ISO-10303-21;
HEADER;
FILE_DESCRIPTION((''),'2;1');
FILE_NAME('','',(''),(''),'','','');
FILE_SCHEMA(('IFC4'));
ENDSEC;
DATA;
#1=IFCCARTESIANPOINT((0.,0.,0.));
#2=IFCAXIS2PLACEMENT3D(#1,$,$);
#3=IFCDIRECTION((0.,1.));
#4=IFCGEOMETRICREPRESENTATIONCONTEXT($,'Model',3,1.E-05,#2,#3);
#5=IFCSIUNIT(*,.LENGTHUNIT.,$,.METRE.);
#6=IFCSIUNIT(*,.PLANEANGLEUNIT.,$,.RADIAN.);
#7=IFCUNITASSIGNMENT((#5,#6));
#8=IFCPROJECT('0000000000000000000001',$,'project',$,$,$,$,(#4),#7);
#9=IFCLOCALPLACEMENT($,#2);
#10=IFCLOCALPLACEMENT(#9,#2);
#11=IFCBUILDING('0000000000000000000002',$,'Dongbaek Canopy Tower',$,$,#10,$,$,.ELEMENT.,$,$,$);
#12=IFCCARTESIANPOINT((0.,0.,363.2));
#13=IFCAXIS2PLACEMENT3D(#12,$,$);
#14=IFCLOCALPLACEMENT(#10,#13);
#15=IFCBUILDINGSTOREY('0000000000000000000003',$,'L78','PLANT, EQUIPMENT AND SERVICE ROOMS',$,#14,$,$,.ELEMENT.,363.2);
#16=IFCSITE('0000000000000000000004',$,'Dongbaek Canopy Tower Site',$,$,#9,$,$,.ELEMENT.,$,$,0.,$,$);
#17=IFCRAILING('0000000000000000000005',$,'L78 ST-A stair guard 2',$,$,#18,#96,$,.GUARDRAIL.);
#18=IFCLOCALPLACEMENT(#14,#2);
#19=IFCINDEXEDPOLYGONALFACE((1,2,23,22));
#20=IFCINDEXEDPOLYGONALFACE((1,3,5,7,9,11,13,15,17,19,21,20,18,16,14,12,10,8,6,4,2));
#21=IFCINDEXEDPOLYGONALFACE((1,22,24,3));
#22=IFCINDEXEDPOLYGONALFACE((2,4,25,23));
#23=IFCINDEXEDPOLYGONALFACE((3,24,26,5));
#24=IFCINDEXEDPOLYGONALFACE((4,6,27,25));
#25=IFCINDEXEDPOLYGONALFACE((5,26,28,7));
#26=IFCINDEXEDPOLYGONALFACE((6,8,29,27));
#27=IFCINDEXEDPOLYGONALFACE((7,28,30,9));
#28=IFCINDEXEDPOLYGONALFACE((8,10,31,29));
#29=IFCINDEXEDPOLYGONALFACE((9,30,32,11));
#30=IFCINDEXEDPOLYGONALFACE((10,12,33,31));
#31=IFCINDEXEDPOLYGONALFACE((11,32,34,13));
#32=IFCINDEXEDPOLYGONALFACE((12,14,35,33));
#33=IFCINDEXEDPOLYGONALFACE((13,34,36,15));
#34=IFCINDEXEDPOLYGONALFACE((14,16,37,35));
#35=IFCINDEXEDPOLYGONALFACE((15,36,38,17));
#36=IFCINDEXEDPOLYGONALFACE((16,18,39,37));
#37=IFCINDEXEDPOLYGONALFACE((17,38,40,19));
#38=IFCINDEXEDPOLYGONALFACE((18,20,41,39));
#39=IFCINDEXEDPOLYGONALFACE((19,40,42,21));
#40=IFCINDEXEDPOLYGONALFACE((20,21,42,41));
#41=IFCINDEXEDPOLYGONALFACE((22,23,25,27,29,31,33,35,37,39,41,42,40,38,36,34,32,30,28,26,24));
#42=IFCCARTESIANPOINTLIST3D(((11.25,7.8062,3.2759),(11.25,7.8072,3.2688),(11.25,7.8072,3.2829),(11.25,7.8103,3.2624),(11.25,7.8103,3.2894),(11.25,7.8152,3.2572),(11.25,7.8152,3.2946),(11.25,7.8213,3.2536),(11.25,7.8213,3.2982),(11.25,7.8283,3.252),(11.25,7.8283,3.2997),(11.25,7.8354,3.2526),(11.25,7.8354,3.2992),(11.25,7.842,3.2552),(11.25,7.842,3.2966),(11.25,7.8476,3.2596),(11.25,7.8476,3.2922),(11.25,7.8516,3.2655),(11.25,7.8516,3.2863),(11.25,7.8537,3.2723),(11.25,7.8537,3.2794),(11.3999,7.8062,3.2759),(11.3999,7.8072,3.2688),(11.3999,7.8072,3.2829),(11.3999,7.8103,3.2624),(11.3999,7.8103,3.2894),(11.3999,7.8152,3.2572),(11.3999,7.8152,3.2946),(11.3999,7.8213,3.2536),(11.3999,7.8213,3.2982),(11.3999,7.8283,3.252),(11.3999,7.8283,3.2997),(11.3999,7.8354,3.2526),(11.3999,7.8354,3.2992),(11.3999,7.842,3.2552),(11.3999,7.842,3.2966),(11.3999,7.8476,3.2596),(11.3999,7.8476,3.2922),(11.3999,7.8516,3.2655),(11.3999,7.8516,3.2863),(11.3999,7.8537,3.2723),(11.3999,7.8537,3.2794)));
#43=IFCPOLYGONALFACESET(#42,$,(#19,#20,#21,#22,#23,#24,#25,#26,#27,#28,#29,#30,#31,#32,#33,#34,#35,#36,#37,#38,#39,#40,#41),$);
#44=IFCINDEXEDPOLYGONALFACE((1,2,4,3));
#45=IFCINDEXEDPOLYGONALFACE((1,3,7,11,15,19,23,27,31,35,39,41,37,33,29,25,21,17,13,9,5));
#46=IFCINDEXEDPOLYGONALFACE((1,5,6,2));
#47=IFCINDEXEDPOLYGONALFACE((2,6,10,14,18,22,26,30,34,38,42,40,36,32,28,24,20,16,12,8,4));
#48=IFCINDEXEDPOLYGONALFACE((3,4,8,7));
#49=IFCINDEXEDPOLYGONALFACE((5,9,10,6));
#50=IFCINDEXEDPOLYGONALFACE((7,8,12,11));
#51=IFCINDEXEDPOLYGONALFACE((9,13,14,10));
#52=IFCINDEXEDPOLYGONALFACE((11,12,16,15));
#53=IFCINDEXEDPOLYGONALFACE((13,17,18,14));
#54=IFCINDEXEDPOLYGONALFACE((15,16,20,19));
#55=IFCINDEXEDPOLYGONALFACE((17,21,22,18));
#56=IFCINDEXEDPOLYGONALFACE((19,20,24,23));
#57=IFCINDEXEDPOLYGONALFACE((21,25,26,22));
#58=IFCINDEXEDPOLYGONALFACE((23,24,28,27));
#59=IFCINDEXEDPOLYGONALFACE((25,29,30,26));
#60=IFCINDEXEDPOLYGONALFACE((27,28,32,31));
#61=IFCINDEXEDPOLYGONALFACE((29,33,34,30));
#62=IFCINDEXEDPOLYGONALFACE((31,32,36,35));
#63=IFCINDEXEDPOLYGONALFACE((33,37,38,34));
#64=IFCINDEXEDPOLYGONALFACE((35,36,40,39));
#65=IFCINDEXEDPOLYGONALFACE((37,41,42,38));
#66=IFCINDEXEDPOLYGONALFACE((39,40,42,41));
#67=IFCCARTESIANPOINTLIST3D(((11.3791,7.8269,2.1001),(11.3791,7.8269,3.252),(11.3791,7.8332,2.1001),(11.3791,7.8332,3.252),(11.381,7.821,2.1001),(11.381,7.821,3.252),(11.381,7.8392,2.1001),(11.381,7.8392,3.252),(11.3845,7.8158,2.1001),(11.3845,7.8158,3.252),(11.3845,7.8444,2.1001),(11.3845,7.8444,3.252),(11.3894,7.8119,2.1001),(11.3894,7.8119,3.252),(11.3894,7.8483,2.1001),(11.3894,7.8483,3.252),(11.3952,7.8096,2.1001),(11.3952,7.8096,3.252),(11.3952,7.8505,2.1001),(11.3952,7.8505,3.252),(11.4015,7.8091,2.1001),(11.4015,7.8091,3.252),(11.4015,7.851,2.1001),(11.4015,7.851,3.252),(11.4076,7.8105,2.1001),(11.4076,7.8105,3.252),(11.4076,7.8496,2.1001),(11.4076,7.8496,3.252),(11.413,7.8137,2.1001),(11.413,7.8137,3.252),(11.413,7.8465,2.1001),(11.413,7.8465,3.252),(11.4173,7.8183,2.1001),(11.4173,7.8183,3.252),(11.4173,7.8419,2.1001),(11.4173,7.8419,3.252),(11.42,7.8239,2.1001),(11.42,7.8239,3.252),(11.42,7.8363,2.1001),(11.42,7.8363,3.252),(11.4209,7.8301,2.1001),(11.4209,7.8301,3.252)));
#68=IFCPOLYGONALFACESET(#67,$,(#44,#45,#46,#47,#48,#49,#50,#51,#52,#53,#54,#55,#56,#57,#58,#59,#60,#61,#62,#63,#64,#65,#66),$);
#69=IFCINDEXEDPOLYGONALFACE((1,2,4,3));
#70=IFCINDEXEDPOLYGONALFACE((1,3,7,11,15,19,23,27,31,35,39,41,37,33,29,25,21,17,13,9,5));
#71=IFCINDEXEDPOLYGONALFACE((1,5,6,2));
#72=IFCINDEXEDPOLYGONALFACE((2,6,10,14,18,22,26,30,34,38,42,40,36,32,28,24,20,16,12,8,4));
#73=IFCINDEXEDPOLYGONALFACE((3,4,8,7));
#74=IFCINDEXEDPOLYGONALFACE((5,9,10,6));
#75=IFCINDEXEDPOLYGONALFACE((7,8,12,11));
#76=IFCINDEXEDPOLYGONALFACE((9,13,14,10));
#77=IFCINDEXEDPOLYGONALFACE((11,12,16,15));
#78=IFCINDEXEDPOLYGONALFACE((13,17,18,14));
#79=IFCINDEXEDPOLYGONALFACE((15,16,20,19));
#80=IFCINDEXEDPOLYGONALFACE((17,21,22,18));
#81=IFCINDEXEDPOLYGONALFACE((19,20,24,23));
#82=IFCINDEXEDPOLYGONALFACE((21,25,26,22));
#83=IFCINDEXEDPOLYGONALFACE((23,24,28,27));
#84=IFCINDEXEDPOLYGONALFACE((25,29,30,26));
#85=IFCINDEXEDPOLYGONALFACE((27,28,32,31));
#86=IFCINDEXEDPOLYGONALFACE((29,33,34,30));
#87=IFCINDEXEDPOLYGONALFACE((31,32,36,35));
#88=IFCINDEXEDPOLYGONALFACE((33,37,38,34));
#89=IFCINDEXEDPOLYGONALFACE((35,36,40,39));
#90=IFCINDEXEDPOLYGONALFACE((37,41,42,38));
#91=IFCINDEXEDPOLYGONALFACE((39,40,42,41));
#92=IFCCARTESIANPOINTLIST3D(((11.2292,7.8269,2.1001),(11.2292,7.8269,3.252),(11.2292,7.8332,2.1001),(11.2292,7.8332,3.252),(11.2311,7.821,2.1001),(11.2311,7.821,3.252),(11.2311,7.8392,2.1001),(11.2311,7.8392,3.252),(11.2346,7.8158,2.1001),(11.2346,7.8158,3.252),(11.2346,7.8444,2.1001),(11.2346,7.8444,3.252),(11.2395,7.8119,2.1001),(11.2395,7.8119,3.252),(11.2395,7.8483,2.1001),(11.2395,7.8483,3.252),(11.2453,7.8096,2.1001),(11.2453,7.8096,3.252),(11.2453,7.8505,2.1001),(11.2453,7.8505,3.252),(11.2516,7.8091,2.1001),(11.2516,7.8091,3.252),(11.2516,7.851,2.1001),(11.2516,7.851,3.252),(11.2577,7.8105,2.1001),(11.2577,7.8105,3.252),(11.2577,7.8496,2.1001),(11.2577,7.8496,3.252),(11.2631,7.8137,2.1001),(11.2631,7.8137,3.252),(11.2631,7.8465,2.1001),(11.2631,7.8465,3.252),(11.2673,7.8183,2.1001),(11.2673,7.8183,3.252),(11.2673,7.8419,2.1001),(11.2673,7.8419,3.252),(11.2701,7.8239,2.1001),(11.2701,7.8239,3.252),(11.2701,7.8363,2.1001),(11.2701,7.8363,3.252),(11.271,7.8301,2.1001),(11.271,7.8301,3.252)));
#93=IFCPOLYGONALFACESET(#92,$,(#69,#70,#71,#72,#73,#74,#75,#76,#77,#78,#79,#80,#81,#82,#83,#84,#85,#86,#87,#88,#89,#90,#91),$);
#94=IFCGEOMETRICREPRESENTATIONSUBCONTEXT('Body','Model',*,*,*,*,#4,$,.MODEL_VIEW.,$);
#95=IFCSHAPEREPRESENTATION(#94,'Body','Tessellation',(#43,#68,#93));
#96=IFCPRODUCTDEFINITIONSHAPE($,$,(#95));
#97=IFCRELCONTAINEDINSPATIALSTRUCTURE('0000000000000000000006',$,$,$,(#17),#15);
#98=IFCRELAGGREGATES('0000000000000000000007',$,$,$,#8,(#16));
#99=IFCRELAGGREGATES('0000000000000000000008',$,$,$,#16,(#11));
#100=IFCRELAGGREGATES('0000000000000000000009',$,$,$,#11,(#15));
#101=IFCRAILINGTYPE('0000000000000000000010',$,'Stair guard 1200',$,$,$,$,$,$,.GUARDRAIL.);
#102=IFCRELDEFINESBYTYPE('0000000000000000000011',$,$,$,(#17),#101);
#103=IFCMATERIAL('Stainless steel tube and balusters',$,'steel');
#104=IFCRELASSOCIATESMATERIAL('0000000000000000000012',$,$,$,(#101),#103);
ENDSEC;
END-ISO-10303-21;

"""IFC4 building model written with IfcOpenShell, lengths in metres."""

from ifc_helpers import new_model, si_unit, direction, frame, origin, origin_2d, place, context, subcontext, project, spatial, circle, extrude, material, type_object, element, save


model = new_model("IFC4")

# Units and contexts
model_context = context("Model", 3, precision=1e-05, world=origin(), true_north=direction((0.0, 1.0)))
body_context = subcontext(model_context, "Body", "Model", "MODEL_VIEW")
ifc_project = project(units=[si_unit("LENGTHUNIT", "METRE"), si_unit("PLANEANGLEUNIT", "RADIAN")], contexts=[model_context])

# Site, building, storey
site_placement = place(None, origin())
site = spatial("IfcSite", under=ifc_project, at=site_placement, Name="Dongbaek Canopy Tower Site", CompositionType="ELEMENT", RefElevation=0.0)
building_placement = place(site_placement, origin())
building = spatial("IfcBuilding", under=site, at=building_placement, Name="Dongbaek Canopy Tower", CompositionType="ELEMENT")
storey_placement = place(building_placement, frame((0.0, 0.0, 363.2)))
storey = spatial("IfcBuildingStorey", under=building, at=storey_placement, Name="L78", Description="PLANT, EQUIPMENT AND SERVICE ROOMS", CompositionType="ELEMENT", Elevation=363.2)

# Railing
ifc_material_1 = material(Name="Stainless steel tube and balusters", Category="steel")
railing_type_1 = type_object("IfcRailingType", Name="Stair guard 1200", PredefinedType="GUARDRAIL", material=ifc_material_1)
railing_1_placement = place(storey_placement, frame((11.3999, 7.8301, 2.1001)))
element("IfcRailing", 1, at=railing_1_placement, inside=storey, type_object=railing_type_1, Name="L78 ST-A stair guard 2", PredefinedType="GUARDRAIL", context=body_context, shape_type="SweptSolid", body=[
    extrude(circle(Radius=0.0239, at=origin_2d()), frame((0.0, 0.0, 1.1758), z_axis=(-1.0, 0.0, 0.0), x_axis=(0.0, -1.0, 0.0)), (0.0, 0.0, 1.0), 0.1499),
    extrude(circle(Radius=0.021, at=origin_2d()), origin(), (0.0, 0.0, 1.0), 1.1519),
    extrude(circle(Radius=0.021, at=origin_2d()), frame((-0.1499, 0.0, 0.0)), (0.0, 0.0, 1.0), 1.1519),
])

save(model, "model.ifc")
